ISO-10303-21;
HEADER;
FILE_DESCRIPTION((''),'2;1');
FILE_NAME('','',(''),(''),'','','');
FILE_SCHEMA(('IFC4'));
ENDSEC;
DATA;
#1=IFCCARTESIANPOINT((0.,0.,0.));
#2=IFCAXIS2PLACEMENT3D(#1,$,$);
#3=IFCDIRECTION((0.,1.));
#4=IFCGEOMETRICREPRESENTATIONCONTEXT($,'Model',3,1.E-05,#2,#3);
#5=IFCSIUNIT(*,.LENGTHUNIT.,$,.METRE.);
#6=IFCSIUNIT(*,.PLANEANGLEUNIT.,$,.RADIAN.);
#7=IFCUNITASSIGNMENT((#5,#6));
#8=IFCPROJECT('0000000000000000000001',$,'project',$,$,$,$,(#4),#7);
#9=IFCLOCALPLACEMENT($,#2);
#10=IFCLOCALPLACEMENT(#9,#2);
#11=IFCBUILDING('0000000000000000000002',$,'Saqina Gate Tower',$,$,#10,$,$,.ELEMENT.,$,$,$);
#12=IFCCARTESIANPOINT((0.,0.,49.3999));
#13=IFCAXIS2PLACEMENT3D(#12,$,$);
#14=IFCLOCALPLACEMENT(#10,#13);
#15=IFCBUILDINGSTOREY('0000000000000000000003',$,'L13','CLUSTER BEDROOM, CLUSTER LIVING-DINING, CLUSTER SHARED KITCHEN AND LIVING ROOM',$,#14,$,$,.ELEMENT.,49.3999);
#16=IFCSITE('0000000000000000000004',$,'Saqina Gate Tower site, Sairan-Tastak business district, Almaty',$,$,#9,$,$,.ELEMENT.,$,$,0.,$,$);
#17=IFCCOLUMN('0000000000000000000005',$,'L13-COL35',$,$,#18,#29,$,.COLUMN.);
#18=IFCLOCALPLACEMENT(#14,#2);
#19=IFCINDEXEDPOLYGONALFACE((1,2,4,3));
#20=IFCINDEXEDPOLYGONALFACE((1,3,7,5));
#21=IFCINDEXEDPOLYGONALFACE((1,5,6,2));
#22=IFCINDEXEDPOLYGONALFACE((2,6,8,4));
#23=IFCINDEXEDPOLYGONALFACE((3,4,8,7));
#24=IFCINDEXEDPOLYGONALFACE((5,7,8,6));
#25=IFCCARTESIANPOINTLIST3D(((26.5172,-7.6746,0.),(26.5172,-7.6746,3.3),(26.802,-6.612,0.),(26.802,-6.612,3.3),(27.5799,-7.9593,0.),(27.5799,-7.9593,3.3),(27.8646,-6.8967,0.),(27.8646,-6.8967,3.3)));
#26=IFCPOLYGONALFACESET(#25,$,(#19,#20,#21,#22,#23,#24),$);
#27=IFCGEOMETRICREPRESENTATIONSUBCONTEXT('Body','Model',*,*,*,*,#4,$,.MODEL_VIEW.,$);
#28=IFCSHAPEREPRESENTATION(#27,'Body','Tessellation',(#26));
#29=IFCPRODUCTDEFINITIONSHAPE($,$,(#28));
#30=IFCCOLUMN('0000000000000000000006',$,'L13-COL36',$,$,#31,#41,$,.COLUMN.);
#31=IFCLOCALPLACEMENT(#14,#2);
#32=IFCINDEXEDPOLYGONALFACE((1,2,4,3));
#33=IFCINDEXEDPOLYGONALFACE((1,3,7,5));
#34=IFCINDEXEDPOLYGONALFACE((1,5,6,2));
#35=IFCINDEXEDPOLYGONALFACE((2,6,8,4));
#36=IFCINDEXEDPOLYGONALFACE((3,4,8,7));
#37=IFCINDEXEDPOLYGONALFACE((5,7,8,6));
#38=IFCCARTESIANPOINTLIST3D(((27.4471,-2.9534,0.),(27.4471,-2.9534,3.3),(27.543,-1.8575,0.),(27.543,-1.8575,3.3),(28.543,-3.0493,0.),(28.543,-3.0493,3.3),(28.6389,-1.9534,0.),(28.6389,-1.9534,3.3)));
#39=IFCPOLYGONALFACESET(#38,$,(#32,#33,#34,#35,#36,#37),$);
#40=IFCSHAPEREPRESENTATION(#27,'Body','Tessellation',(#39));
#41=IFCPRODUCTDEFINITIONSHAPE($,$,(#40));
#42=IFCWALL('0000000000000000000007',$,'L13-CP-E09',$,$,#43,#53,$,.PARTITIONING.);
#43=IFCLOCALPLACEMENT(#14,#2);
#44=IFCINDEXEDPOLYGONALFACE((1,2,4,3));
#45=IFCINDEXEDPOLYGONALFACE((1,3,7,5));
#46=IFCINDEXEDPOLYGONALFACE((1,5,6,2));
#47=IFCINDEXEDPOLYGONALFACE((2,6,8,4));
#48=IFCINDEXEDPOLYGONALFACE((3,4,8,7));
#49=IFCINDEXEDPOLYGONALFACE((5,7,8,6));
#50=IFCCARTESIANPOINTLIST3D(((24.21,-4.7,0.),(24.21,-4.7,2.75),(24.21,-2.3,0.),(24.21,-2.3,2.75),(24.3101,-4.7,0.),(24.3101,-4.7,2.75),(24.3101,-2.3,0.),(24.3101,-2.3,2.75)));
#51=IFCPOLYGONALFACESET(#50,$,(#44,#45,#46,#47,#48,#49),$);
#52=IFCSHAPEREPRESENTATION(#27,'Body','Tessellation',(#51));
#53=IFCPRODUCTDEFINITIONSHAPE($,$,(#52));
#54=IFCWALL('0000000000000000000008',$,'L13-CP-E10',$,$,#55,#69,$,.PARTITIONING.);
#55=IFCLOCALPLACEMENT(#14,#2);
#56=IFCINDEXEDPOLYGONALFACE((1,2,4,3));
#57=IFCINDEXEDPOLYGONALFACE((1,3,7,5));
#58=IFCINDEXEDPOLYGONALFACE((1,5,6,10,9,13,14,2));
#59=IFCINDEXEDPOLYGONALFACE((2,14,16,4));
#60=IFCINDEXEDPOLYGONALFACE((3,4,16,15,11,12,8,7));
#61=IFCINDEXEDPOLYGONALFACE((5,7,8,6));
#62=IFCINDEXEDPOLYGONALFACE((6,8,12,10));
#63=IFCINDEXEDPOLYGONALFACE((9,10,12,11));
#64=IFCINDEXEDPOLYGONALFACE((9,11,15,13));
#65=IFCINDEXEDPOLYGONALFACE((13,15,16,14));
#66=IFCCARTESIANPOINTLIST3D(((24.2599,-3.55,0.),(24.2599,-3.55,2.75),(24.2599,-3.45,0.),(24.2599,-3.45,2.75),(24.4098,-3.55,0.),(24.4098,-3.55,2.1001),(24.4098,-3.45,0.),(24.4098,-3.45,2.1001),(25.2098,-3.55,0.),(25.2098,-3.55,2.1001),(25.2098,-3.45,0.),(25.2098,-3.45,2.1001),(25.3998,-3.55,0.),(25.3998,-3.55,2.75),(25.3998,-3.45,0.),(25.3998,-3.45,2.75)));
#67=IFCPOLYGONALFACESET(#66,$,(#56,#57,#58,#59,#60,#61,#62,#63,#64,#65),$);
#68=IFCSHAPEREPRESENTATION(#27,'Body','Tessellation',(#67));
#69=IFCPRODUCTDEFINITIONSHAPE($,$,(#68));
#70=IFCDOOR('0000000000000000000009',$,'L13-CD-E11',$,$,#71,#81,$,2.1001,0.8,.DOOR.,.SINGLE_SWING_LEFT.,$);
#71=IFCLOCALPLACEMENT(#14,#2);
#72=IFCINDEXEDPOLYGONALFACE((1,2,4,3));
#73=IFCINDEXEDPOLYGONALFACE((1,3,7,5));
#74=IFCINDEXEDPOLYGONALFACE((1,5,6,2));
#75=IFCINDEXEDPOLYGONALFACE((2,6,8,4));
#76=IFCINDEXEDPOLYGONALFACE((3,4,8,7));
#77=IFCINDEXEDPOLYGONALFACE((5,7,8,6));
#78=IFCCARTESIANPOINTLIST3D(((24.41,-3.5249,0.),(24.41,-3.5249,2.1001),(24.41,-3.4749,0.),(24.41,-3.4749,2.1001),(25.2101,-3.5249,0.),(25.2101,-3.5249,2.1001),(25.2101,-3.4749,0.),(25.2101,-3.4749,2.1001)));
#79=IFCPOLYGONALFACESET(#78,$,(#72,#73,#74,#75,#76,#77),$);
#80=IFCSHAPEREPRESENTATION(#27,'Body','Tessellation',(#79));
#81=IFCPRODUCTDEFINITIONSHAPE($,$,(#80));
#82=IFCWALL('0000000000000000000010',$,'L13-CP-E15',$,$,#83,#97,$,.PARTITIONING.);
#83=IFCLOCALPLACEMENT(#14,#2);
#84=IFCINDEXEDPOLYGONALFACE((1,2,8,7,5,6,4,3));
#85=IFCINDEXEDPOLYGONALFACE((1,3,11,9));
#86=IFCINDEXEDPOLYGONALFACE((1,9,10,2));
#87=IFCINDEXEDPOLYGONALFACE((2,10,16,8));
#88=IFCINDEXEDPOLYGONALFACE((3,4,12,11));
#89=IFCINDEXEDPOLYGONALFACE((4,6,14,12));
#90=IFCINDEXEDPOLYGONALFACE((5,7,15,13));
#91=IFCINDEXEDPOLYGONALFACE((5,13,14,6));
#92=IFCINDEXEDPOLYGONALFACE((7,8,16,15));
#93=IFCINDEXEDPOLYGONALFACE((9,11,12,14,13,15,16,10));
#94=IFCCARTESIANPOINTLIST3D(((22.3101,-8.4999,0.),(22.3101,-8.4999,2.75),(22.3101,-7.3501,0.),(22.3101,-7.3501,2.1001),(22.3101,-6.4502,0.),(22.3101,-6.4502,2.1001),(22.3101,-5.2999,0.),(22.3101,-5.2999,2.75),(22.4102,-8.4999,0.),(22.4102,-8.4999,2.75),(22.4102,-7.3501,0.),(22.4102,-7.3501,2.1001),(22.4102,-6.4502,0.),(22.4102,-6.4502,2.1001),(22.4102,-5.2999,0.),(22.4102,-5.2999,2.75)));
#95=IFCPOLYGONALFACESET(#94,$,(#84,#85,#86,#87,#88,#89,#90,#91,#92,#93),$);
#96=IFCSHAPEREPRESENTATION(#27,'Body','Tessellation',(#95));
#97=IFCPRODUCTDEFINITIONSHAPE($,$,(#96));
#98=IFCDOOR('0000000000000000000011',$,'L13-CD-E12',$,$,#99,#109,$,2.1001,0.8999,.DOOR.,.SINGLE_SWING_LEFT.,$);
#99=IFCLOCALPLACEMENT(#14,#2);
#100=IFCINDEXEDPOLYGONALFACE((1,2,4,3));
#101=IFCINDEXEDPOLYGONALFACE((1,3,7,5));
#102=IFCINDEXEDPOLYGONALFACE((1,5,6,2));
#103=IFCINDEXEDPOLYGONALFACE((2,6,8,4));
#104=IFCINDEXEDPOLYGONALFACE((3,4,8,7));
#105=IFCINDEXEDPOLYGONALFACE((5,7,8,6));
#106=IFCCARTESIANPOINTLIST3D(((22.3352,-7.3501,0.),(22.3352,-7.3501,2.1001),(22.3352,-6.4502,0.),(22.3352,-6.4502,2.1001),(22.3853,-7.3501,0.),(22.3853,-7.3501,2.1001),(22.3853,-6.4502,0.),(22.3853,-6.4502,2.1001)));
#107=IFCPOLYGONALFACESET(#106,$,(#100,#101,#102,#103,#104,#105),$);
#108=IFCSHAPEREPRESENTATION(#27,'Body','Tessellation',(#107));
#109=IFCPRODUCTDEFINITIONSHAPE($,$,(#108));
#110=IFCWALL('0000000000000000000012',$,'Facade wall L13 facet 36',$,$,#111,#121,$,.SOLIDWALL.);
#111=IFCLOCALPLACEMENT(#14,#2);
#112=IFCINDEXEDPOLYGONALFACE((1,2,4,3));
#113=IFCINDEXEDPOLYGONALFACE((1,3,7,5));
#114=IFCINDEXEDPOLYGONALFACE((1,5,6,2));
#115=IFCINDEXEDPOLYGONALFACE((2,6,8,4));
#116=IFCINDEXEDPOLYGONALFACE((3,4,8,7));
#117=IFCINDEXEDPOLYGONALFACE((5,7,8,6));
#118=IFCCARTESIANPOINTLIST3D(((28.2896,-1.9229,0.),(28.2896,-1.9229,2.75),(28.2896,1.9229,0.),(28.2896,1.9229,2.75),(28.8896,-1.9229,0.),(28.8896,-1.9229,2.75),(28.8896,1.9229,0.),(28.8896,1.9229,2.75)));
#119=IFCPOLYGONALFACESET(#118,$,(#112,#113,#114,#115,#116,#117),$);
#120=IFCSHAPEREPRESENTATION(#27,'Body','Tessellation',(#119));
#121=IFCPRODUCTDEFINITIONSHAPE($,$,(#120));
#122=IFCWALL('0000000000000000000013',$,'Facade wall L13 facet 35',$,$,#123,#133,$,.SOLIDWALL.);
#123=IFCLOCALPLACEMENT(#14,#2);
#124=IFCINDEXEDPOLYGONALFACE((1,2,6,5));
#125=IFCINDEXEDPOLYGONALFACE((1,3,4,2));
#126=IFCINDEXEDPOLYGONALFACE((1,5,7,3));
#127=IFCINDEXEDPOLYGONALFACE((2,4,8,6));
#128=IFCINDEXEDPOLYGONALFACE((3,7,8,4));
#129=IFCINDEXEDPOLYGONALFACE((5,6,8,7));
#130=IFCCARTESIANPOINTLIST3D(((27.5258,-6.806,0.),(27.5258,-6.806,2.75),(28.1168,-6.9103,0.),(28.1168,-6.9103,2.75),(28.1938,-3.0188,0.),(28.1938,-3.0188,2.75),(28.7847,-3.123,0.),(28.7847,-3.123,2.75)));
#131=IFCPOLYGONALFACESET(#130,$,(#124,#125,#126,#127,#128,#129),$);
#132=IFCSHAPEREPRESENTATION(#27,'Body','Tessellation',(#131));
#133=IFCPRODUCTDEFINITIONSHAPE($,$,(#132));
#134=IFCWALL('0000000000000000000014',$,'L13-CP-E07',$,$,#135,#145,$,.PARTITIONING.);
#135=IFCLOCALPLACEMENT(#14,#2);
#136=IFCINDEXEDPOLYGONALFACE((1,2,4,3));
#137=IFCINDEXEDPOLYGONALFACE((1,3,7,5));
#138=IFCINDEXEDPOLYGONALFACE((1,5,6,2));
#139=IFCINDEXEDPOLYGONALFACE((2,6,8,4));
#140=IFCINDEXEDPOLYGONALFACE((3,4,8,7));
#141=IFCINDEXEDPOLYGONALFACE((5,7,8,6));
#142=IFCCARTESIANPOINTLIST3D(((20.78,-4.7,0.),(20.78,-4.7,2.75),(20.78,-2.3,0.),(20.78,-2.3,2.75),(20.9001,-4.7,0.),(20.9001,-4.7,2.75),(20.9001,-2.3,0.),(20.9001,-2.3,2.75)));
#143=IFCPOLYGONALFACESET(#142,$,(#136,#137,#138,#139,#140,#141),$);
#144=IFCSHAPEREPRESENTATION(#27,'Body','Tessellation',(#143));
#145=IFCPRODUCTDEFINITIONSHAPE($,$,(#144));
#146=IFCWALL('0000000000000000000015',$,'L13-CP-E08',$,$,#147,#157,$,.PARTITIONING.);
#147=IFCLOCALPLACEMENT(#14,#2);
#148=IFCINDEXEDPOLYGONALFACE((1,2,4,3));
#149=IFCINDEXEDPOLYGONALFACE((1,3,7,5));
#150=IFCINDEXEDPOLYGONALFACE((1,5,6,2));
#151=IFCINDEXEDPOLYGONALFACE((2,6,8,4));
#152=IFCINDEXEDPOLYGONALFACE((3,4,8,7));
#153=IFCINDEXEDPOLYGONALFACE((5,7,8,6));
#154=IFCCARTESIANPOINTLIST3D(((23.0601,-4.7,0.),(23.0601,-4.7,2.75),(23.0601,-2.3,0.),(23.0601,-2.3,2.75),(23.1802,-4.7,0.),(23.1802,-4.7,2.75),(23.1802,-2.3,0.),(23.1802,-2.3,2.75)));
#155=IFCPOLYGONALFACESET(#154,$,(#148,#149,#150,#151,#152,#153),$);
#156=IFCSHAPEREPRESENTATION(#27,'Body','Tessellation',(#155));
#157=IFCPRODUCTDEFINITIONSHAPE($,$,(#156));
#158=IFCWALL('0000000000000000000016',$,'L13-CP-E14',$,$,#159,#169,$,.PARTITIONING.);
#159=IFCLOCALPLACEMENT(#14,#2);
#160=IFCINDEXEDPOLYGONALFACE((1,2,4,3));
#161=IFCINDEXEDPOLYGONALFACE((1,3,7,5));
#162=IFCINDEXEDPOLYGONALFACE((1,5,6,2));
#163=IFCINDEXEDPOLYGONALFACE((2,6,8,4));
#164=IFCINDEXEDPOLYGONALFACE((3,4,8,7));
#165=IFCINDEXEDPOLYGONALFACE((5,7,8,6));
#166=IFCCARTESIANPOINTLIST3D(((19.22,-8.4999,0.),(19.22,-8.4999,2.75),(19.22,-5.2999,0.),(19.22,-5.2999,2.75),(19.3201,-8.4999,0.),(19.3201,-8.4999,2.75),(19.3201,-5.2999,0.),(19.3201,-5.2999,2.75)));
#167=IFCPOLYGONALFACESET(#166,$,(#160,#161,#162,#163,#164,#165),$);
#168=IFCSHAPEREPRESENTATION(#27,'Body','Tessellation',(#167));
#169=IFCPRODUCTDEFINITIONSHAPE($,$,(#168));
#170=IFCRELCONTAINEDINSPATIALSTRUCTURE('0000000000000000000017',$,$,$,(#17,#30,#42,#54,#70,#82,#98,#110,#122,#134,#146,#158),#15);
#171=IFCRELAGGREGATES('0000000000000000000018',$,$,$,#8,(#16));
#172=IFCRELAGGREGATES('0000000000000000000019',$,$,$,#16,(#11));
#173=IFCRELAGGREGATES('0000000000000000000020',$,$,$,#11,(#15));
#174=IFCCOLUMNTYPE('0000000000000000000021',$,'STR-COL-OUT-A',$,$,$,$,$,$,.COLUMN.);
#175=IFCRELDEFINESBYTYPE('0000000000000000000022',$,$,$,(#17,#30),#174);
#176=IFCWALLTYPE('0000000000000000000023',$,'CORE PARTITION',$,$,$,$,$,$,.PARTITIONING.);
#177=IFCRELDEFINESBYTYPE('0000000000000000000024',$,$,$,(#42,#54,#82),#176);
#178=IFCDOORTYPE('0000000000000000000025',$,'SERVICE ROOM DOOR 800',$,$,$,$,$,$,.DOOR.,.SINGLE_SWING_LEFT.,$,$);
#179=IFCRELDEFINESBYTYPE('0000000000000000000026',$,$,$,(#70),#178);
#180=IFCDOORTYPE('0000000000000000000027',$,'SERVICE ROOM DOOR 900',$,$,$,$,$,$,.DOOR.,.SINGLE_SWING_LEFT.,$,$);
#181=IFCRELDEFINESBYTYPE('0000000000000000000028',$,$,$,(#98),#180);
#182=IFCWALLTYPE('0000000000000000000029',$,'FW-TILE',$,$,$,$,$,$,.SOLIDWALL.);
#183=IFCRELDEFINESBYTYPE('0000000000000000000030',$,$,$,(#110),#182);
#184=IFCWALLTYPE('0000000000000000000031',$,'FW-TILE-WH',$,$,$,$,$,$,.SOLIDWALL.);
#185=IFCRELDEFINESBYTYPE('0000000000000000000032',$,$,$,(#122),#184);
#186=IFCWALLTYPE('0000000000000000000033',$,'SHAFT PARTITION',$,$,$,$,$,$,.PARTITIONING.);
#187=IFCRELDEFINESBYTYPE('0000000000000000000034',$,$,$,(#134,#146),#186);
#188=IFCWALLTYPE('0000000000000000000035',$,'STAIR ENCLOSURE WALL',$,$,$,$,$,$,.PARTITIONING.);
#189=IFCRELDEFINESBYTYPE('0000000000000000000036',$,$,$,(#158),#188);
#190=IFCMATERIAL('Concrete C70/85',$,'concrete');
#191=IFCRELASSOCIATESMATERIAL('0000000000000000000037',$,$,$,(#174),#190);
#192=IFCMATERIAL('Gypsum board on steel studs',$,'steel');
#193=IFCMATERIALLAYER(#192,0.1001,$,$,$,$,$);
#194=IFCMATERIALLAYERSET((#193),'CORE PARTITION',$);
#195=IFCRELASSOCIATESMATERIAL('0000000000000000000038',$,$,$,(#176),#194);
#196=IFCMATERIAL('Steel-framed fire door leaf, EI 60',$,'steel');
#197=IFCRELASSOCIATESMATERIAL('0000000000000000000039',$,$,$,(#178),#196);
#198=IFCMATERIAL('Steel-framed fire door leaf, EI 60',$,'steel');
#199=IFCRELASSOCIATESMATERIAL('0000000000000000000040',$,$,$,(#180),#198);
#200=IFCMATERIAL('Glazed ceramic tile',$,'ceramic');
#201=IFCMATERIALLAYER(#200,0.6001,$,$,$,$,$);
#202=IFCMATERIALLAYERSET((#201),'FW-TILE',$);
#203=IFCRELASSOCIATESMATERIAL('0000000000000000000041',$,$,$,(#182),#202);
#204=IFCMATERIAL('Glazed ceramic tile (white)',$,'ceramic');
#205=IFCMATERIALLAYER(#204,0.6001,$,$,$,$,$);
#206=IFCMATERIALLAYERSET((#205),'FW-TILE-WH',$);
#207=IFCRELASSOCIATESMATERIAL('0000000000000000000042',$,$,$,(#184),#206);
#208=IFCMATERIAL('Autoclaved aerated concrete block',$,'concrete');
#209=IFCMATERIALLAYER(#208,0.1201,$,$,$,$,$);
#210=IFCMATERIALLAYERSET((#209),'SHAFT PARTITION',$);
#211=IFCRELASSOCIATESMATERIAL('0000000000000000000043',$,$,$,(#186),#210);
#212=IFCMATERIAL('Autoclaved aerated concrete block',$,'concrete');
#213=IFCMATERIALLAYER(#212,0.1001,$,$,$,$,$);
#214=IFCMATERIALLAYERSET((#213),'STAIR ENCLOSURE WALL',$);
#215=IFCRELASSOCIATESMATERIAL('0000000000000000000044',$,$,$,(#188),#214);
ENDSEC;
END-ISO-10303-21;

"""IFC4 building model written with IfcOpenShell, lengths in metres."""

from ifc_helpers import new_model, si_unit, direction, frame, frame_2d, origin, origin_2d, place, context, subcontext, project, spatial, rectangle, extrude, material, layer, layer_set, material_profile, profile_set, type_object, element, fill, save


model = new_model("IFC4")

# Units and contexts
model_context = context("Model", 3, precision=1e-05, world=origin(), true_north=direction((0.0, 1.0)))
body_context = subcontext(model_context, "Body", "Model", "MODEL_VIEW")
ifc_project = project(units=[si_unit("LENGTHUNIT", "METRE"), si_unit("PLANEANGLEUNIT", "RADIAN")], contexts=[model_context])

# Site, building, storey
site_placement = place(None, origin())
site = spatial("IfcSite", under=ifc_project, at=site_placement, Name="Saqina Gate Tower site, Sairan-Tastak business district, Almaty", CompositionType="ELEMENT", RefElevation=0.0)
building_placement = place(site_placement, origin())
building = spatial("IfcBuilding", under=site, at=building_placement, Name="Saqina Gate Tower", CompositionType="ELEMENT")
storey_placement = place(building_placement, frame((0.0, 0.0, 49.3999)))
storey = spatial("IfcBuildingStorey", under=building, at=storey_placement, Name="L13", Description="CLUSTER BEDROOM, CLUSTER LIVING-DINING, CLUSTER SHARED KITCHEN AND LIVING ROOM", CompositionType="ELEMENT", Elevation=49.3999)

# Columns
ifc_material_1 = material(Name="Concrete C70/85", Category="concrete")
ifc_material_profile = material_profile(ifc_material_1, rectangle(XDim=1.1001, YDim=1.1001, at=origin_2d()), Name="RC 1100x1100")
ifc_profile_set = profile_set([ifc_material_profile], Name="Concrete C70/85")
column_type = type_object("IfcColumnType", Name="STR-COL-OUT-A", PredefinedType="COLUMN", material=ifc_profile_set)
for number, where, z_axis, x_axis, name in (
    (1, (27.1909, -7.2856, 0.0), (0.0, 0.0, 1.0), (0.965926, -0.258819, 0.0), "L13-COL35"),
    (2, (28.043, -2.4534, 0.0), (0.0, 0.0, 1.0), (0.996195, -0.087156, 0.0), "L13-COL36"),
):
    element("IfcColumn", number, at=place(storey_placement, frame(where, z_axis=z_axis, x_axis=x_axis)), inside=storey, type_object=column_type, Name=name, PredefinedType="COLUMN", context=body_context, shape_type="SweptSolid", body=[
        extrude(rectangle(XDim=1.1001, YDim=1.1001, at=origin_2d()), origin(), (0.0, 0.0, 1.0), 3.3),
    ])

# Wall
ifc_material_2 = material(Name="Gypsum board on steel studs", Category="steel")
ifc_layer_1 = layer(ifc_material_2, 0.1001)
ifc_layer_set_1 = layer_set([ifc_layer_1], Name="CORE PARTITION")
wall_type_1 = type_object("IfcWallType", Name="CORE PARTITION", PredefinedType="PARTITIONING", material=ifc_layer_set_1)
wall_1_placement = place(storey_placement, frame((24.26, -4.7, 0.0), z_axis=(0.0, 0.0, 1.0), x_axis=(0.0, 1.0, 0.0)))
element("IfcWall", 3, at=wall_1_placement, inside=storey, type_object=wall_type_1, Name="L13-CP-E09", PredefinedType="PARTITIONING", context=body_context, shape_type="SweptSolid", body=[
    extrude(rectangle(XDim=2.3999, YDim=0.1001, at=frame_2d((1.2, 0.0))), origin(), (0.0, 0.0, 1.0), 2.75),
])

# Walls, openings, doors
wall_2_placement = place(storey_placement, frame((24.26, -3.5, 0.0), z_axis=(0.0, 0.0, 1.0), x_axis=(1.0, 0.0, 0.0)))
wall_2 = element("IfcWall", 4, at=wall_2_placement, inside=storey, type_object=wall_type_1, Name="L13-CP-E10", PredefinedType="PARTITIONING", context=body_context, shape_type="SweptSolid", body=[
    extrude(rectangle(XDim=1.1399, YDim=0.1001, at=frame_2d((0.5698, 0.0))), origin(), (0.0, 0.0, 1.0), 2.75),
])
opening_1_placement = place(wall_2_placement, frame((0.1499, 0.0, 0.0)))
opening_1 = element("IfcOpeningElement", 5, at=opening_1_placement, cuts=wall_2, PredefinedType="OPENING", context=body_context, shape_type="SweptSolid", body=[
    extrude(rectangle(XDim=0.8, YDim=2.1001, at=frame_2d((0.3999, 1.05))), frame((0.0, 0.062, 0.0), z_axis=(0.0, -1.0, 0.0), x_axis=(1.0, 0.0, 0.0)), (0.0, 0.0, 1.0), 0.124),
])
ifc_material_3 = material(Name="Steel-framed fire door leaf, EI 60", Category="steel")
door_type_1 = type_object("IfcDoorType", Name="SERVICE ROOM DOOR 800", OperationType="SINGLE_SWING_LEFT", PredefinedType="DOOR", material=ifc_material_3)
door_1_placement = place(opening_1_placement, frame((0.8, 0.0, 0.0), z_axis=(0.0, 0.0, 1.0), x_axis=(-1.0, 0.0, 0.0)))
door_1 = element("IfcDoor", 6, at=door_1_placement, inside=storey, type_object=door_type_1, Name="L13-CD-E11", OperationType="SINGLE_SWING_LEFT", OverallHeight=2.1001, OverallWidth=0.8, PredefinedType="DOOR", context=body_context, shape_type="SweptSolid", body=[
    extrude(rectangle(XDim=0.8, YDim=2.1001, at=frame_2d((0.3999, 1.05))), frame((0.0, 0.0249, 0.0), z_axis=(0.0, -1.0, 0.0), x_axis=(1.0, 0.0, 0.0)), (0.0, 0.0, 1.0), 0.05),
])
fill(opening_1, door_1)
wall_3_placement = place(storey_placement, frame((22.3601, -8.5, 0.0), z_axis=(0.0, 0.0, 1.0), x_axis=(0.0, 1.0, 0.0)))
wall_3 = element("IfcWall", 7, at=wall_3_placement, inside=storey, type_object=wall_type_1, Name="L13-CP-E15", PredefinedType="PARTITIONING", context=body_context, shape_type="SweptSolid", body=[
    extrude(rectangle(XDim=3.2, YDim=0.1001, at=frame_2d((1.6001, 0.0))), origin(), (0.0, 0.0, 1.0), 2.75),
])
opening_2_placement = place(wall_3_placement, frame((1.1499, 0.0, 0.0)))
opening_2 = element("IfcOpeningElement", 8, at=opening_2_placement, cuts=wall_3, PredefinedType="OPENING", context=body_context, shape_type="SweptSolid", body=[
    extrude(rectangle(XDim=0.8999, YDim=2.1001, at=frame_2d((0.45, 1.05))), frame((0.0, 0.062, 0.0), z_axis=(0.0, -1.0, 0.0), x_axis=(1.0, 0.0, 0.0)), (0.0, 0.0, 1.0), 0.124),
])
ifc_material_4 = material(Name="Steel-framed fire door leaf, EI 60", Category="steel")
door_type_2 = type_object("IfcDoorType", Name="SERVICE ROOM DOOR 900", OperationType="SINGLE_SWING_LEFT", PredefinedType="DOOR", material=ifc_material_4)
door_2_placement = place(opening_2_placement, origin())
door_2 = element("IfcDoor", 9, at=door_2_placement, inside=storey, type_object=door_type_2, Name="L13-CD-E12", OperationType="SINGLE_SWING_LEFT", OverallHeight=2.1001, OverallWidth=0.8999, PredefinedType="DOOR", context=body_context, shape_type="SweptSolid", body=[
    extrude(rectangle(XDim=0.8999, YDim=2.1001, at=frame_2d((0.45, 1.05))), frame((0.0, 0.0249, 0.0), z_axis=(0.0, -1.0, 0.0), x_axis=(1.0, 0.0, 0.0)), (0.0, 0.0, 1.0), 0.05),
])
fill(opening_2, door_2)

# Walls
ifc_material_5 = material(Name="Glazed ceramic tile", Category="ceramic")
ifc_layer_2 = layer(ifc_material_5, 0.6001)
ifc_layer_set_2 = layer_set([ifc_layer_2], Name="FW-TILE")
wall_type_2 = type_object("IfcWallType", Name="FW-TILE", PredefinedType="SOLIDWALL", material=ifc_layer_set_2)
wall_4_placement = place(storey_placement, frame((28.5896, -1.9229, 0.0), z_axis=(0.0, 0.0, 1.0), x_axis=(0.0, 1.0, 0.0)))
element("IfcWall", 10, at=wall_4_placement, inside=storey, type_object=wall_type_2, Name="Facade wall L13 facet 36", PredefinedType="SOLIDWALL", context=body_context, shape_type="SweptSolid", body=[
    extrude(rectangle(XDim=3.8457, YDim=0.6001, at=frame_2d((1.9229, 0.0))), origin(), (0.0, 0.0, 1.0), 2.75),
])
ifc_material_6 = material(Name="Glazed ceramic tile (white)", Category="ceramic")
ifc_layer_3 = layer(ifc_material_6, 0.6001)
ifc_layer_set_3 = layer_set([ifc_layer_3], Name="FW-TILE-WH")
wall_type_3 = type_object("IfcWallType", Name="FW-TILE-WH", PredefinedType="SOLIDWALL", material=ifc_layer_set_3)
wall_5_placement = place(storey_placement, frame((27.8213, -6.8582, 0.0), z_axis=(0.0, 0.0, 1.0), x_axis=(0.173688, 0.984801, 0.0)))
element("IfcWall", 11, at=wall_5_placement, inside=storey, type_object=wall_type_3, Name="Facade wall L13 facet 35", PredefinedType="SOLIDWALL", context=body_context, shape_type="SweptSolid", body=[
    extrude(rectangle(XDim=3.8457, YDim=0.6001, at=frame_2d((1.9229, 0.0))), origin(), (0.0, 0.0, 1.0), 2.75),
])
ifc_material_7 = material(Name="Autoclaved aerated concrete block", Category="concrete")
ifc_layer_4 = layer(ifc_material_7, 0.1201)
ifc_layer_set_4 = layer_set([ifc_layer_4], Name="SHAFT PARTITION")
wall_type_4 = type_object("IfcWallType", Name="SHAFT PARTITION", PredefinedType="PARTITIONING", material=ifc_layer_set_4)
for number, where, z_axis, x_axis, name in (
    (12, (20.8401, -4.7, 0.0), (0.0, 0.0, 1.0), (0.0, 1.0, 0.0), "L13-CP-E07"),
    (13, (23.1201, -4.7, 0.0), (0.0, 0.0, 1.0), (0.0, 1.0, 0.0), "L13-CP-E08"),
):
    element("IfcWall", number, at=place(storey_placement, frame(where, z_axis=z_axis, x_axis=x_axis)), inside=storey, type_object=wall_type_4, Name=name, PredefinedType="PARTITIONING", context=body_context, shape_type="SweptSolid", body=[
        extrude(rectangle(XDim=2.3999, YDim=0.1201, at=frame_2d((1.2, 0.0))), origin(), (0.0, 0.0, 1.0), 2.75),
    ])
ifc_material_8 = material(Name="Autoclaved aerated concrete block", Category="concrete")
ifc_layer_5 = layer(ifc_material_8, 0.1001)
ifc_layer_set_5 = layer_set([ifc_layer_5], Name="STAIR ENCLOSURE WALL")
wall_type_5 = type_object("IfcWallType", Name="STAIR ENCLOSURE WALL", PredefinedType="PARTITIONING", material=ifc_layer_set_5)
wall_6_placement = place(storey_placement, frame((19.27, -8.5, 0.0), z_axis=(0.0, 0.0, 1.0), x_axis=(0.0, 1.0, 0.0)))
element("IfcWall", 14, at=wall_6_placement, inside=storey, type_object=wall_type_5, Name="L13-CP-E14", PredefinedType="PARTITIONING", context=body_context, shape_type="SweptSolid", body=[
    extrude(rectangle(XDim=3.2, YDim=0.1001, at=frame_2d((1.6001, 0.0))), origin(), (0.0, 0.0, 1.0), 2.75),
])

save(model, "model.ifc")
